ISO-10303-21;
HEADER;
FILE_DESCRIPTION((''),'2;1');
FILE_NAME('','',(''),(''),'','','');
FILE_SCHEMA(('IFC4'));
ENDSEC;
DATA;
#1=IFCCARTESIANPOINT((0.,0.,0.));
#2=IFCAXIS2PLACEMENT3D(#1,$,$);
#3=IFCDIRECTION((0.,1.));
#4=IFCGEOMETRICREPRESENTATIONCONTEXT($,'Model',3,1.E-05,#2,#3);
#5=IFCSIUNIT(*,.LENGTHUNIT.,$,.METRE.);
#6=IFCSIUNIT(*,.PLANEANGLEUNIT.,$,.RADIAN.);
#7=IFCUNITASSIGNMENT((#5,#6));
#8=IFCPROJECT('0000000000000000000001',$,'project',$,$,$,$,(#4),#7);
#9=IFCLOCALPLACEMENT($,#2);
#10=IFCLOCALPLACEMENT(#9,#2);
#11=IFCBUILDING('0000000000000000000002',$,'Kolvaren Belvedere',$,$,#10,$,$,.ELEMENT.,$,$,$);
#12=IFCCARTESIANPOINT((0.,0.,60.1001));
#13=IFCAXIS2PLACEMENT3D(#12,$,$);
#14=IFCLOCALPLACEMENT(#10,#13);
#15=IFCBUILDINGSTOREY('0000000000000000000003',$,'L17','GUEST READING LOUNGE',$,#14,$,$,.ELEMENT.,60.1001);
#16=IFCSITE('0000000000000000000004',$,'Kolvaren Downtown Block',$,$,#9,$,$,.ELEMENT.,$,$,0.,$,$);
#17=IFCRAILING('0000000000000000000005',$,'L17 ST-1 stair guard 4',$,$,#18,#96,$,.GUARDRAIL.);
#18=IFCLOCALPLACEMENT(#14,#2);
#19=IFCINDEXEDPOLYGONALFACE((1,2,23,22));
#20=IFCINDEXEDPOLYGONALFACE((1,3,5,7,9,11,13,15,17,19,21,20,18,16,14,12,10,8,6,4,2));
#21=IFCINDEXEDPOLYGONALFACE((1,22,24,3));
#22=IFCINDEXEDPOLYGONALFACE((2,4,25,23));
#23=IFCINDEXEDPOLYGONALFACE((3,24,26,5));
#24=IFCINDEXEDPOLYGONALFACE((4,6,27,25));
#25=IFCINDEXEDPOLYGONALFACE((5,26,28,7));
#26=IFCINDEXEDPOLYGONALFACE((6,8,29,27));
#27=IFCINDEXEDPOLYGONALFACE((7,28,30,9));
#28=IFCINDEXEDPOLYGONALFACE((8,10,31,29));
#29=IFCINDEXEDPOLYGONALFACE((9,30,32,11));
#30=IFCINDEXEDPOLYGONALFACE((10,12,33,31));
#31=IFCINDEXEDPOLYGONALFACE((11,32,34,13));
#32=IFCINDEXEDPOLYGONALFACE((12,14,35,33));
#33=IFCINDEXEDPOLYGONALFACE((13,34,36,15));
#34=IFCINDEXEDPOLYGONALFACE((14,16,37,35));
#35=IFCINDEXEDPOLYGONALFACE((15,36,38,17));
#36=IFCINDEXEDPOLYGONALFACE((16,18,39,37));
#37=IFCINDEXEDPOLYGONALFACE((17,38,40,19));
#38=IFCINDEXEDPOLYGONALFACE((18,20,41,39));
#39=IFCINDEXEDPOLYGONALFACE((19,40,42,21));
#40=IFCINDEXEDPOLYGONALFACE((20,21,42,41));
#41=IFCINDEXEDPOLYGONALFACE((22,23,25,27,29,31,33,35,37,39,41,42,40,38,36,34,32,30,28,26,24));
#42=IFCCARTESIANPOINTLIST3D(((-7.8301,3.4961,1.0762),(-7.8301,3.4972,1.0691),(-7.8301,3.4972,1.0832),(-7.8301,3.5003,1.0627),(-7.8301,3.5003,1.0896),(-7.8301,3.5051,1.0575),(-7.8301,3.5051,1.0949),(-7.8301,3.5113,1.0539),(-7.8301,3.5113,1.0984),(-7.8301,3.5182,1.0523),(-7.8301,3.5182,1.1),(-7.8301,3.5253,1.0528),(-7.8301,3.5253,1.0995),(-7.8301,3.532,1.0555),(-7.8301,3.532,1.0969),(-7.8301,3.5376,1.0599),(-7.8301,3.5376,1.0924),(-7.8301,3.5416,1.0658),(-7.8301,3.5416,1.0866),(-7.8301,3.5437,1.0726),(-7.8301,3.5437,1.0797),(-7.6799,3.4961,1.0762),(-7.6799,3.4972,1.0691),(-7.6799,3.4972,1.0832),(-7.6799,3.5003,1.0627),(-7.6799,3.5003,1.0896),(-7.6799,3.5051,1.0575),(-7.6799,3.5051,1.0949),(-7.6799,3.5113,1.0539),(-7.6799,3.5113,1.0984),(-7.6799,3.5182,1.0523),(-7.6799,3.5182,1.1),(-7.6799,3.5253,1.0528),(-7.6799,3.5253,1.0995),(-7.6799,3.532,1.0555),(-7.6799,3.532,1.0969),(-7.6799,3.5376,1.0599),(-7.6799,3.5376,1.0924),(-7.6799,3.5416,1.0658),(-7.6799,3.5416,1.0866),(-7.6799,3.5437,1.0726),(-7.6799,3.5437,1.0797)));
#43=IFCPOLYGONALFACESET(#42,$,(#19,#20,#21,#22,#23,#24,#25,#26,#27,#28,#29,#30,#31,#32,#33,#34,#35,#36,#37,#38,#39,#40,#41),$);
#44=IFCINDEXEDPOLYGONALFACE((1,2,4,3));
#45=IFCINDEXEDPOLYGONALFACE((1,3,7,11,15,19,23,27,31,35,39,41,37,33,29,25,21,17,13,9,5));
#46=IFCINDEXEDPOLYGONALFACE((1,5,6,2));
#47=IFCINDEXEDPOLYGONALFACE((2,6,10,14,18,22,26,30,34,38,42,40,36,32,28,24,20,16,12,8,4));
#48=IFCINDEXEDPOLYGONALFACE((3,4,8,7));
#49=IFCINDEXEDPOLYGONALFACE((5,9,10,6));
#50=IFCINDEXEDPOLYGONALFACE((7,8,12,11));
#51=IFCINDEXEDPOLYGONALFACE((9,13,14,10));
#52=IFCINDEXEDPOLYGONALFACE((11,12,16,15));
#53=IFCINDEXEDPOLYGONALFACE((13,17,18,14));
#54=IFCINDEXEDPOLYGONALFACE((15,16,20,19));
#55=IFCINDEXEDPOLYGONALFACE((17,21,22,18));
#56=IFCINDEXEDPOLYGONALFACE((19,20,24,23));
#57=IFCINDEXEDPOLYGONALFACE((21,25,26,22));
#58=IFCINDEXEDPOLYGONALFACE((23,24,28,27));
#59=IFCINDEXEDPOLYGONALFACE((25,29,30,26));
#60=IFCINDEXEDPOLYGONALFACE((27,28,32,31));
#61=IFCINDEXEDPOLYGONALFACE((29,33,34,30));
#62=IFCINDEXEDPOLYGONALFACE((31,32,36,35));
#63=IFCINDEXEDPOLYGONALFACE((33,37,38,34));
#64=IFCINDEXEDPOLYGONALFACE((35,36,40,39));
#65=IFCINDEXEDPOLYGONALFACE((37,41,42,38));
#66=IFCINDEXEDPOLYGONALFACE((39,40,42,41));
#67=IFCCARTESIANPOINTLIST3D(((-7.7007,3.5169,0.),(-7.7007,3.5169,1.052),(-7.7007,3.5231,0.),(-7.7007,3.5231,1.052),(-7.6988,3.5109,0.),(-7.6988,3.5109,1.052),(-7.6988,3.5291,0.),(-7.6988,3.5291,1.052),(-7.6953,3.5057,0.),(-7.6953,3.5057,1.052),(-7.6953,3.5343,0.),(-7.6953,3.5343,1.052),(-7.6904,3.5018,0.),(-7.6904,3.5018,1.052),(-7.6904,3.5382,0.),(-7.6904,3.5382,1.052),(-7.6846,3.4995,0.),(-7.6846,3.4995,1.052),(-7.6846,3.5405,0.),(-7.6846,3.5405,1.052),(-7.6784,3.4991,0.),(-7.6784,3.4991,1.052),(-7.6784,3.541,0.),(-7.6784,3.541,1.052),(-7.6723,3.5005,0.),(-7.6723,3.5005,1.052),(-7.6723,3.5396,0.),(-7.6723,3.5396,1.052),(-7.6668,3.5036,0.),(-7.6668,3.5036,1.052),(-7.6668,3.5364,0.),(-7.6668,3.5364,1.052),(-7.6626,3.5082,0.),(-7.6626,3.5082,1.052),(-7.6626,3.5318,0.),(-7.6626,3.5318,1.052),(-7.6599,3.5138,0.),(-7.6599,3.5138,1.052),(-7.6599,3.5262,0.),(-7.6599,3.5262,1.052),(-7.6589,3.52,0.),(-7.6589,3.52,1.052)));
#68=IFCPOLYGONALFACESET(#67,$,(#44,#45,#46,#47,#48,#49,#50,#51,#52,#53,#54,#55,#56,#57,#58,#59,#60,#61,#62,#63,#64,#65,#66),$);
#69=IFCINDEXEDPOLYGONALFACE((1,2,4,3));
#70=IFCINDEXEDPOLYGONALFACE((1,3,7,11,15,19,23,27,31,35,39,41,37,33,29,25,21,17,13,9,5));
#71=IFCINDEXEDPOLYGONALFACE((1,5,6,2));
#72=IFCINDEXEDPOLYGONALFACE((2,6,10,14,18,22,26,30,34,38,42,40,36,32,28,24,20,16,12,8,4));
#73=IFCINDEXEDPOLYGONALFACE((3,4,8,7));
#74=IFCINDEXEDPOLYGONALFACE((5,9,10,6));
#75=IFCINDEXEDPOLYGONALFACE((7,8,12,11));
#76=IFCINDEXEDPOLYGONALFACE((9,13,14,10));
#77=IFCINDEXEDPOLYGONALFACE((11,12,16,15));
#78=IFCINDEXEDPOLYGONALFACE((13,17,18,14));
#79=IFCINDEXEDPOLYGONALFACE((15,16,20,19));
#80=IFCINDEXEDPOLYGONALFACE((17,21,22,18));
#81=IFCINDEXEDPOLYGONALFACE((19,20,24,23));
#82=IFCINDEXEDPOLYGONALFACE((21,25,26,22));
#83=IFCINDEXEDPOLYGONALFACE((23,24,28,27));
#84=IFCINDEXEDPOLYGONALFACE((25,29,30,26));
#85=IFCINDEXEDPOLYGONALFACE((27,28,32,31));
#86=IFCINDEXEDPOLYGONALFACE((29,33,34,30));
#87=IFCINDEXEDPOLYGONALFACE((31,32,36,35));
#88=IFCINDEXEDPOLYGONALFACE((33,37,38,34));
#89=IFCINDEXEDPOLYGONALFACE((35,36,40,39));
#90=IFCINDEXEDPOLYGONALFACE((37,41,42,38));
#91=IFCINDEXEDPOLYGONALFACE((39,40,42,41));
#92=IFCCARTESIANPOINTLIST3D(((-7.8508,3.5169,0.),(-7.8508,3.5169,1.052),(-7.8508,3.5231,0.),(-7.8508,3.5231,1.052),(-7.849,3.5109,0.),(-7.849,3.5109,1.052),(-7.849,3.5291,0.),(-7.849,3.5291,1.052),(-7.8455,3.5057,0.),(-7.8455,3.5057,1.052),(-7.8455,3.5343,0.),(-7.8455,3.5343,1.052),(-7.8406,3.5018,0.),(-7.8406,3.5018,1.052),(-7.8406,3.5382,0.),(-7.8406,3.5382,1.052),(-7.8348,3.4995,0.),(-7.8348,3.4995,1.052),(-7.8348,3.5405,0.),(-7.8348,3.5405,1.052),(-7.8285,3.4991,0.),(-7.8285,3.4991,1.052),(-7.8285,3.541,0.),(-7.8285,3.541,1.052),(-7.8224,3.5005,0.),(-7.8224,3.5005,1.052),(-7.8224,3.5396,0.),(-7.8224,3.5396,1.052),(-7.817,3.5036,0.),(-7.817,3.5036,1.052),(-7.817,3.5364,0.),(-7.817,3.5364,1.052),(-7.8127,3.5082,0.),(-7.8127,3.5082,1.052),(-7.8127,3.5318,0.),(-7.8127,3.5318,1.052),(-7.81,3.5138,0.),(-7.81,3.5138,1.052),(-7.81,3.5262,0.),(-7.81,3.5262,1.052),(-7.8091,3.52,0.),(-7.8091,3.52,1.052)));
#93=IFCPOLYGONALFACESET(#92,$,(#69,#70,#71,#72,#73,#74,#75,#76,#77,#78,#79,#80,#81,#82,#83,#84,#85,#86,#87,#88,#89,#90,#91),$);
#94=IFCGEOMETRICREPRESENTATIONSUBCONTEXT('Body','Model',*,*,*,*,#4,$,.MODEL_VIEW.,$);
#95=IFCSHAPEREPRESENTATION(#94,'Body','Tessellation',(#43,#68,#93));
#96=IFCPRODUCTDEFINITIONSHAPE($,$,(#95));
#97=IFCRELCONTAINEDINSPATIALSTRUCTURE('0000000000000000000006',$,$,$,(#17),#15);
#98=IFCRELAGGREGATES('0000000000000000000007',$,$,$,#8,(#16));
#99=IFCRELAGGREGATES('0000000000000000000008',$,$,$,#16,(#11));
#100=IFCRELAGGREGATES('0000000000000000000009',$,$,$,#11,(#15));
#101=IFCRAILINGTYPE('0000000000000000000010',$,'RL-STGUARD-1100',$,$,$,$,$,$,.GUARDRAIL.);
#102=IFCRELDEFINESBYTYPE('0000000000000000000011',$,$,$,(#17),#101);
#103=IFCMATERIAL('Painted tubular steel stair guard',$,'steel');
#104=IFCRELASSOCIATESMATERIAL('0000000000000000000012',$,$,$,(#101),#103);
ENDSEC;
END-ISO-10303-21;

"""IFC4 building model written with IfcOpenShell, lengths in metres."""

from ifc_helpers import new_model, si_unit, direction, frame, origin, origin_2d, place, context, subcontext, project, spatial, circle, extrude, material, type_object, element, save


model = new_model("IFC4")

# Units and contexts
model_context = context("Model", 3, precision=1e-05, world=origin(), true_north=direction((0.0, 1.0)))
body_context = subcontext(model_context, "Body", "Model", "MODEL_VIEW")
ifc_project = project(units=[si_unit("LENGTHUNIT", "METRE"), si_unit("PLANEANGLEUNIT", "RADIAN")], contexts=[model_context])

# Site, building, storey
site_placement = place(None, origin())
site = spatial("IfcSite", under=ifc_project, at=site_placement, Name="Kolvaren Downtown Block", CompositionType="ELEMENT", RefElevation=0.0)
building_placement = place(site_placement, origin())
building = spatial("IfcBuilding", under=site, at=building_placement, Name="Kolvaren Belvedere", CompositionType="ELEMENT")
storey_placement = place(building_placement, frame((0.0, 0.0, 60.1001)))
storey = spatial("IfcBuildingStorey", under=building, at=storey_placement, Name="L17", Description="GUEST READING LOUNGE", CompositionType="ELEMENT", Elevation=60.1001)

# Railing
ifc_material_1 = material(Name="Painted tubular steel stair guard", Category="steel")
railing_type_1 = type_object("IfcRailingType", Name="RL-STGUARD-1100", PredefinedType="GUARDRAIL", material=ifc_material_1)
railing_1_placement = place(storey_placement, frame((-7.6799, 3.52, 0.0)))
element("IfcRailing", 1, at=railing_1_placement, inside=storey, type_object=railing_type_1, Name="L17 ST-1 stair guard 4", PredefinedType="GUARDRAIL", context=body_context, shape_type="SweptSolid", body=[
    extrude(circle(Radius=0.0239, at=origin_2d()), frame((0.0, 0.0, 1.0762), z_axis=(-1.0, 0.0, 0.0), x_axis=(0.0, -1.0, 0.0)), (0.0, 0.0, 1.0), 0.1501),
    extrude(circle(Radius=0.021, at=origin_2d()), origin(), (0.0, 0.0, 1.0), 1.052),
    extrude(circle(Radius=0.021, at=origin_2d()), frame((-0.1501, 0.0, 0.0)), (0.0, 0.0, 1.0), 1.052),
])

save(model, "model.ifc")
